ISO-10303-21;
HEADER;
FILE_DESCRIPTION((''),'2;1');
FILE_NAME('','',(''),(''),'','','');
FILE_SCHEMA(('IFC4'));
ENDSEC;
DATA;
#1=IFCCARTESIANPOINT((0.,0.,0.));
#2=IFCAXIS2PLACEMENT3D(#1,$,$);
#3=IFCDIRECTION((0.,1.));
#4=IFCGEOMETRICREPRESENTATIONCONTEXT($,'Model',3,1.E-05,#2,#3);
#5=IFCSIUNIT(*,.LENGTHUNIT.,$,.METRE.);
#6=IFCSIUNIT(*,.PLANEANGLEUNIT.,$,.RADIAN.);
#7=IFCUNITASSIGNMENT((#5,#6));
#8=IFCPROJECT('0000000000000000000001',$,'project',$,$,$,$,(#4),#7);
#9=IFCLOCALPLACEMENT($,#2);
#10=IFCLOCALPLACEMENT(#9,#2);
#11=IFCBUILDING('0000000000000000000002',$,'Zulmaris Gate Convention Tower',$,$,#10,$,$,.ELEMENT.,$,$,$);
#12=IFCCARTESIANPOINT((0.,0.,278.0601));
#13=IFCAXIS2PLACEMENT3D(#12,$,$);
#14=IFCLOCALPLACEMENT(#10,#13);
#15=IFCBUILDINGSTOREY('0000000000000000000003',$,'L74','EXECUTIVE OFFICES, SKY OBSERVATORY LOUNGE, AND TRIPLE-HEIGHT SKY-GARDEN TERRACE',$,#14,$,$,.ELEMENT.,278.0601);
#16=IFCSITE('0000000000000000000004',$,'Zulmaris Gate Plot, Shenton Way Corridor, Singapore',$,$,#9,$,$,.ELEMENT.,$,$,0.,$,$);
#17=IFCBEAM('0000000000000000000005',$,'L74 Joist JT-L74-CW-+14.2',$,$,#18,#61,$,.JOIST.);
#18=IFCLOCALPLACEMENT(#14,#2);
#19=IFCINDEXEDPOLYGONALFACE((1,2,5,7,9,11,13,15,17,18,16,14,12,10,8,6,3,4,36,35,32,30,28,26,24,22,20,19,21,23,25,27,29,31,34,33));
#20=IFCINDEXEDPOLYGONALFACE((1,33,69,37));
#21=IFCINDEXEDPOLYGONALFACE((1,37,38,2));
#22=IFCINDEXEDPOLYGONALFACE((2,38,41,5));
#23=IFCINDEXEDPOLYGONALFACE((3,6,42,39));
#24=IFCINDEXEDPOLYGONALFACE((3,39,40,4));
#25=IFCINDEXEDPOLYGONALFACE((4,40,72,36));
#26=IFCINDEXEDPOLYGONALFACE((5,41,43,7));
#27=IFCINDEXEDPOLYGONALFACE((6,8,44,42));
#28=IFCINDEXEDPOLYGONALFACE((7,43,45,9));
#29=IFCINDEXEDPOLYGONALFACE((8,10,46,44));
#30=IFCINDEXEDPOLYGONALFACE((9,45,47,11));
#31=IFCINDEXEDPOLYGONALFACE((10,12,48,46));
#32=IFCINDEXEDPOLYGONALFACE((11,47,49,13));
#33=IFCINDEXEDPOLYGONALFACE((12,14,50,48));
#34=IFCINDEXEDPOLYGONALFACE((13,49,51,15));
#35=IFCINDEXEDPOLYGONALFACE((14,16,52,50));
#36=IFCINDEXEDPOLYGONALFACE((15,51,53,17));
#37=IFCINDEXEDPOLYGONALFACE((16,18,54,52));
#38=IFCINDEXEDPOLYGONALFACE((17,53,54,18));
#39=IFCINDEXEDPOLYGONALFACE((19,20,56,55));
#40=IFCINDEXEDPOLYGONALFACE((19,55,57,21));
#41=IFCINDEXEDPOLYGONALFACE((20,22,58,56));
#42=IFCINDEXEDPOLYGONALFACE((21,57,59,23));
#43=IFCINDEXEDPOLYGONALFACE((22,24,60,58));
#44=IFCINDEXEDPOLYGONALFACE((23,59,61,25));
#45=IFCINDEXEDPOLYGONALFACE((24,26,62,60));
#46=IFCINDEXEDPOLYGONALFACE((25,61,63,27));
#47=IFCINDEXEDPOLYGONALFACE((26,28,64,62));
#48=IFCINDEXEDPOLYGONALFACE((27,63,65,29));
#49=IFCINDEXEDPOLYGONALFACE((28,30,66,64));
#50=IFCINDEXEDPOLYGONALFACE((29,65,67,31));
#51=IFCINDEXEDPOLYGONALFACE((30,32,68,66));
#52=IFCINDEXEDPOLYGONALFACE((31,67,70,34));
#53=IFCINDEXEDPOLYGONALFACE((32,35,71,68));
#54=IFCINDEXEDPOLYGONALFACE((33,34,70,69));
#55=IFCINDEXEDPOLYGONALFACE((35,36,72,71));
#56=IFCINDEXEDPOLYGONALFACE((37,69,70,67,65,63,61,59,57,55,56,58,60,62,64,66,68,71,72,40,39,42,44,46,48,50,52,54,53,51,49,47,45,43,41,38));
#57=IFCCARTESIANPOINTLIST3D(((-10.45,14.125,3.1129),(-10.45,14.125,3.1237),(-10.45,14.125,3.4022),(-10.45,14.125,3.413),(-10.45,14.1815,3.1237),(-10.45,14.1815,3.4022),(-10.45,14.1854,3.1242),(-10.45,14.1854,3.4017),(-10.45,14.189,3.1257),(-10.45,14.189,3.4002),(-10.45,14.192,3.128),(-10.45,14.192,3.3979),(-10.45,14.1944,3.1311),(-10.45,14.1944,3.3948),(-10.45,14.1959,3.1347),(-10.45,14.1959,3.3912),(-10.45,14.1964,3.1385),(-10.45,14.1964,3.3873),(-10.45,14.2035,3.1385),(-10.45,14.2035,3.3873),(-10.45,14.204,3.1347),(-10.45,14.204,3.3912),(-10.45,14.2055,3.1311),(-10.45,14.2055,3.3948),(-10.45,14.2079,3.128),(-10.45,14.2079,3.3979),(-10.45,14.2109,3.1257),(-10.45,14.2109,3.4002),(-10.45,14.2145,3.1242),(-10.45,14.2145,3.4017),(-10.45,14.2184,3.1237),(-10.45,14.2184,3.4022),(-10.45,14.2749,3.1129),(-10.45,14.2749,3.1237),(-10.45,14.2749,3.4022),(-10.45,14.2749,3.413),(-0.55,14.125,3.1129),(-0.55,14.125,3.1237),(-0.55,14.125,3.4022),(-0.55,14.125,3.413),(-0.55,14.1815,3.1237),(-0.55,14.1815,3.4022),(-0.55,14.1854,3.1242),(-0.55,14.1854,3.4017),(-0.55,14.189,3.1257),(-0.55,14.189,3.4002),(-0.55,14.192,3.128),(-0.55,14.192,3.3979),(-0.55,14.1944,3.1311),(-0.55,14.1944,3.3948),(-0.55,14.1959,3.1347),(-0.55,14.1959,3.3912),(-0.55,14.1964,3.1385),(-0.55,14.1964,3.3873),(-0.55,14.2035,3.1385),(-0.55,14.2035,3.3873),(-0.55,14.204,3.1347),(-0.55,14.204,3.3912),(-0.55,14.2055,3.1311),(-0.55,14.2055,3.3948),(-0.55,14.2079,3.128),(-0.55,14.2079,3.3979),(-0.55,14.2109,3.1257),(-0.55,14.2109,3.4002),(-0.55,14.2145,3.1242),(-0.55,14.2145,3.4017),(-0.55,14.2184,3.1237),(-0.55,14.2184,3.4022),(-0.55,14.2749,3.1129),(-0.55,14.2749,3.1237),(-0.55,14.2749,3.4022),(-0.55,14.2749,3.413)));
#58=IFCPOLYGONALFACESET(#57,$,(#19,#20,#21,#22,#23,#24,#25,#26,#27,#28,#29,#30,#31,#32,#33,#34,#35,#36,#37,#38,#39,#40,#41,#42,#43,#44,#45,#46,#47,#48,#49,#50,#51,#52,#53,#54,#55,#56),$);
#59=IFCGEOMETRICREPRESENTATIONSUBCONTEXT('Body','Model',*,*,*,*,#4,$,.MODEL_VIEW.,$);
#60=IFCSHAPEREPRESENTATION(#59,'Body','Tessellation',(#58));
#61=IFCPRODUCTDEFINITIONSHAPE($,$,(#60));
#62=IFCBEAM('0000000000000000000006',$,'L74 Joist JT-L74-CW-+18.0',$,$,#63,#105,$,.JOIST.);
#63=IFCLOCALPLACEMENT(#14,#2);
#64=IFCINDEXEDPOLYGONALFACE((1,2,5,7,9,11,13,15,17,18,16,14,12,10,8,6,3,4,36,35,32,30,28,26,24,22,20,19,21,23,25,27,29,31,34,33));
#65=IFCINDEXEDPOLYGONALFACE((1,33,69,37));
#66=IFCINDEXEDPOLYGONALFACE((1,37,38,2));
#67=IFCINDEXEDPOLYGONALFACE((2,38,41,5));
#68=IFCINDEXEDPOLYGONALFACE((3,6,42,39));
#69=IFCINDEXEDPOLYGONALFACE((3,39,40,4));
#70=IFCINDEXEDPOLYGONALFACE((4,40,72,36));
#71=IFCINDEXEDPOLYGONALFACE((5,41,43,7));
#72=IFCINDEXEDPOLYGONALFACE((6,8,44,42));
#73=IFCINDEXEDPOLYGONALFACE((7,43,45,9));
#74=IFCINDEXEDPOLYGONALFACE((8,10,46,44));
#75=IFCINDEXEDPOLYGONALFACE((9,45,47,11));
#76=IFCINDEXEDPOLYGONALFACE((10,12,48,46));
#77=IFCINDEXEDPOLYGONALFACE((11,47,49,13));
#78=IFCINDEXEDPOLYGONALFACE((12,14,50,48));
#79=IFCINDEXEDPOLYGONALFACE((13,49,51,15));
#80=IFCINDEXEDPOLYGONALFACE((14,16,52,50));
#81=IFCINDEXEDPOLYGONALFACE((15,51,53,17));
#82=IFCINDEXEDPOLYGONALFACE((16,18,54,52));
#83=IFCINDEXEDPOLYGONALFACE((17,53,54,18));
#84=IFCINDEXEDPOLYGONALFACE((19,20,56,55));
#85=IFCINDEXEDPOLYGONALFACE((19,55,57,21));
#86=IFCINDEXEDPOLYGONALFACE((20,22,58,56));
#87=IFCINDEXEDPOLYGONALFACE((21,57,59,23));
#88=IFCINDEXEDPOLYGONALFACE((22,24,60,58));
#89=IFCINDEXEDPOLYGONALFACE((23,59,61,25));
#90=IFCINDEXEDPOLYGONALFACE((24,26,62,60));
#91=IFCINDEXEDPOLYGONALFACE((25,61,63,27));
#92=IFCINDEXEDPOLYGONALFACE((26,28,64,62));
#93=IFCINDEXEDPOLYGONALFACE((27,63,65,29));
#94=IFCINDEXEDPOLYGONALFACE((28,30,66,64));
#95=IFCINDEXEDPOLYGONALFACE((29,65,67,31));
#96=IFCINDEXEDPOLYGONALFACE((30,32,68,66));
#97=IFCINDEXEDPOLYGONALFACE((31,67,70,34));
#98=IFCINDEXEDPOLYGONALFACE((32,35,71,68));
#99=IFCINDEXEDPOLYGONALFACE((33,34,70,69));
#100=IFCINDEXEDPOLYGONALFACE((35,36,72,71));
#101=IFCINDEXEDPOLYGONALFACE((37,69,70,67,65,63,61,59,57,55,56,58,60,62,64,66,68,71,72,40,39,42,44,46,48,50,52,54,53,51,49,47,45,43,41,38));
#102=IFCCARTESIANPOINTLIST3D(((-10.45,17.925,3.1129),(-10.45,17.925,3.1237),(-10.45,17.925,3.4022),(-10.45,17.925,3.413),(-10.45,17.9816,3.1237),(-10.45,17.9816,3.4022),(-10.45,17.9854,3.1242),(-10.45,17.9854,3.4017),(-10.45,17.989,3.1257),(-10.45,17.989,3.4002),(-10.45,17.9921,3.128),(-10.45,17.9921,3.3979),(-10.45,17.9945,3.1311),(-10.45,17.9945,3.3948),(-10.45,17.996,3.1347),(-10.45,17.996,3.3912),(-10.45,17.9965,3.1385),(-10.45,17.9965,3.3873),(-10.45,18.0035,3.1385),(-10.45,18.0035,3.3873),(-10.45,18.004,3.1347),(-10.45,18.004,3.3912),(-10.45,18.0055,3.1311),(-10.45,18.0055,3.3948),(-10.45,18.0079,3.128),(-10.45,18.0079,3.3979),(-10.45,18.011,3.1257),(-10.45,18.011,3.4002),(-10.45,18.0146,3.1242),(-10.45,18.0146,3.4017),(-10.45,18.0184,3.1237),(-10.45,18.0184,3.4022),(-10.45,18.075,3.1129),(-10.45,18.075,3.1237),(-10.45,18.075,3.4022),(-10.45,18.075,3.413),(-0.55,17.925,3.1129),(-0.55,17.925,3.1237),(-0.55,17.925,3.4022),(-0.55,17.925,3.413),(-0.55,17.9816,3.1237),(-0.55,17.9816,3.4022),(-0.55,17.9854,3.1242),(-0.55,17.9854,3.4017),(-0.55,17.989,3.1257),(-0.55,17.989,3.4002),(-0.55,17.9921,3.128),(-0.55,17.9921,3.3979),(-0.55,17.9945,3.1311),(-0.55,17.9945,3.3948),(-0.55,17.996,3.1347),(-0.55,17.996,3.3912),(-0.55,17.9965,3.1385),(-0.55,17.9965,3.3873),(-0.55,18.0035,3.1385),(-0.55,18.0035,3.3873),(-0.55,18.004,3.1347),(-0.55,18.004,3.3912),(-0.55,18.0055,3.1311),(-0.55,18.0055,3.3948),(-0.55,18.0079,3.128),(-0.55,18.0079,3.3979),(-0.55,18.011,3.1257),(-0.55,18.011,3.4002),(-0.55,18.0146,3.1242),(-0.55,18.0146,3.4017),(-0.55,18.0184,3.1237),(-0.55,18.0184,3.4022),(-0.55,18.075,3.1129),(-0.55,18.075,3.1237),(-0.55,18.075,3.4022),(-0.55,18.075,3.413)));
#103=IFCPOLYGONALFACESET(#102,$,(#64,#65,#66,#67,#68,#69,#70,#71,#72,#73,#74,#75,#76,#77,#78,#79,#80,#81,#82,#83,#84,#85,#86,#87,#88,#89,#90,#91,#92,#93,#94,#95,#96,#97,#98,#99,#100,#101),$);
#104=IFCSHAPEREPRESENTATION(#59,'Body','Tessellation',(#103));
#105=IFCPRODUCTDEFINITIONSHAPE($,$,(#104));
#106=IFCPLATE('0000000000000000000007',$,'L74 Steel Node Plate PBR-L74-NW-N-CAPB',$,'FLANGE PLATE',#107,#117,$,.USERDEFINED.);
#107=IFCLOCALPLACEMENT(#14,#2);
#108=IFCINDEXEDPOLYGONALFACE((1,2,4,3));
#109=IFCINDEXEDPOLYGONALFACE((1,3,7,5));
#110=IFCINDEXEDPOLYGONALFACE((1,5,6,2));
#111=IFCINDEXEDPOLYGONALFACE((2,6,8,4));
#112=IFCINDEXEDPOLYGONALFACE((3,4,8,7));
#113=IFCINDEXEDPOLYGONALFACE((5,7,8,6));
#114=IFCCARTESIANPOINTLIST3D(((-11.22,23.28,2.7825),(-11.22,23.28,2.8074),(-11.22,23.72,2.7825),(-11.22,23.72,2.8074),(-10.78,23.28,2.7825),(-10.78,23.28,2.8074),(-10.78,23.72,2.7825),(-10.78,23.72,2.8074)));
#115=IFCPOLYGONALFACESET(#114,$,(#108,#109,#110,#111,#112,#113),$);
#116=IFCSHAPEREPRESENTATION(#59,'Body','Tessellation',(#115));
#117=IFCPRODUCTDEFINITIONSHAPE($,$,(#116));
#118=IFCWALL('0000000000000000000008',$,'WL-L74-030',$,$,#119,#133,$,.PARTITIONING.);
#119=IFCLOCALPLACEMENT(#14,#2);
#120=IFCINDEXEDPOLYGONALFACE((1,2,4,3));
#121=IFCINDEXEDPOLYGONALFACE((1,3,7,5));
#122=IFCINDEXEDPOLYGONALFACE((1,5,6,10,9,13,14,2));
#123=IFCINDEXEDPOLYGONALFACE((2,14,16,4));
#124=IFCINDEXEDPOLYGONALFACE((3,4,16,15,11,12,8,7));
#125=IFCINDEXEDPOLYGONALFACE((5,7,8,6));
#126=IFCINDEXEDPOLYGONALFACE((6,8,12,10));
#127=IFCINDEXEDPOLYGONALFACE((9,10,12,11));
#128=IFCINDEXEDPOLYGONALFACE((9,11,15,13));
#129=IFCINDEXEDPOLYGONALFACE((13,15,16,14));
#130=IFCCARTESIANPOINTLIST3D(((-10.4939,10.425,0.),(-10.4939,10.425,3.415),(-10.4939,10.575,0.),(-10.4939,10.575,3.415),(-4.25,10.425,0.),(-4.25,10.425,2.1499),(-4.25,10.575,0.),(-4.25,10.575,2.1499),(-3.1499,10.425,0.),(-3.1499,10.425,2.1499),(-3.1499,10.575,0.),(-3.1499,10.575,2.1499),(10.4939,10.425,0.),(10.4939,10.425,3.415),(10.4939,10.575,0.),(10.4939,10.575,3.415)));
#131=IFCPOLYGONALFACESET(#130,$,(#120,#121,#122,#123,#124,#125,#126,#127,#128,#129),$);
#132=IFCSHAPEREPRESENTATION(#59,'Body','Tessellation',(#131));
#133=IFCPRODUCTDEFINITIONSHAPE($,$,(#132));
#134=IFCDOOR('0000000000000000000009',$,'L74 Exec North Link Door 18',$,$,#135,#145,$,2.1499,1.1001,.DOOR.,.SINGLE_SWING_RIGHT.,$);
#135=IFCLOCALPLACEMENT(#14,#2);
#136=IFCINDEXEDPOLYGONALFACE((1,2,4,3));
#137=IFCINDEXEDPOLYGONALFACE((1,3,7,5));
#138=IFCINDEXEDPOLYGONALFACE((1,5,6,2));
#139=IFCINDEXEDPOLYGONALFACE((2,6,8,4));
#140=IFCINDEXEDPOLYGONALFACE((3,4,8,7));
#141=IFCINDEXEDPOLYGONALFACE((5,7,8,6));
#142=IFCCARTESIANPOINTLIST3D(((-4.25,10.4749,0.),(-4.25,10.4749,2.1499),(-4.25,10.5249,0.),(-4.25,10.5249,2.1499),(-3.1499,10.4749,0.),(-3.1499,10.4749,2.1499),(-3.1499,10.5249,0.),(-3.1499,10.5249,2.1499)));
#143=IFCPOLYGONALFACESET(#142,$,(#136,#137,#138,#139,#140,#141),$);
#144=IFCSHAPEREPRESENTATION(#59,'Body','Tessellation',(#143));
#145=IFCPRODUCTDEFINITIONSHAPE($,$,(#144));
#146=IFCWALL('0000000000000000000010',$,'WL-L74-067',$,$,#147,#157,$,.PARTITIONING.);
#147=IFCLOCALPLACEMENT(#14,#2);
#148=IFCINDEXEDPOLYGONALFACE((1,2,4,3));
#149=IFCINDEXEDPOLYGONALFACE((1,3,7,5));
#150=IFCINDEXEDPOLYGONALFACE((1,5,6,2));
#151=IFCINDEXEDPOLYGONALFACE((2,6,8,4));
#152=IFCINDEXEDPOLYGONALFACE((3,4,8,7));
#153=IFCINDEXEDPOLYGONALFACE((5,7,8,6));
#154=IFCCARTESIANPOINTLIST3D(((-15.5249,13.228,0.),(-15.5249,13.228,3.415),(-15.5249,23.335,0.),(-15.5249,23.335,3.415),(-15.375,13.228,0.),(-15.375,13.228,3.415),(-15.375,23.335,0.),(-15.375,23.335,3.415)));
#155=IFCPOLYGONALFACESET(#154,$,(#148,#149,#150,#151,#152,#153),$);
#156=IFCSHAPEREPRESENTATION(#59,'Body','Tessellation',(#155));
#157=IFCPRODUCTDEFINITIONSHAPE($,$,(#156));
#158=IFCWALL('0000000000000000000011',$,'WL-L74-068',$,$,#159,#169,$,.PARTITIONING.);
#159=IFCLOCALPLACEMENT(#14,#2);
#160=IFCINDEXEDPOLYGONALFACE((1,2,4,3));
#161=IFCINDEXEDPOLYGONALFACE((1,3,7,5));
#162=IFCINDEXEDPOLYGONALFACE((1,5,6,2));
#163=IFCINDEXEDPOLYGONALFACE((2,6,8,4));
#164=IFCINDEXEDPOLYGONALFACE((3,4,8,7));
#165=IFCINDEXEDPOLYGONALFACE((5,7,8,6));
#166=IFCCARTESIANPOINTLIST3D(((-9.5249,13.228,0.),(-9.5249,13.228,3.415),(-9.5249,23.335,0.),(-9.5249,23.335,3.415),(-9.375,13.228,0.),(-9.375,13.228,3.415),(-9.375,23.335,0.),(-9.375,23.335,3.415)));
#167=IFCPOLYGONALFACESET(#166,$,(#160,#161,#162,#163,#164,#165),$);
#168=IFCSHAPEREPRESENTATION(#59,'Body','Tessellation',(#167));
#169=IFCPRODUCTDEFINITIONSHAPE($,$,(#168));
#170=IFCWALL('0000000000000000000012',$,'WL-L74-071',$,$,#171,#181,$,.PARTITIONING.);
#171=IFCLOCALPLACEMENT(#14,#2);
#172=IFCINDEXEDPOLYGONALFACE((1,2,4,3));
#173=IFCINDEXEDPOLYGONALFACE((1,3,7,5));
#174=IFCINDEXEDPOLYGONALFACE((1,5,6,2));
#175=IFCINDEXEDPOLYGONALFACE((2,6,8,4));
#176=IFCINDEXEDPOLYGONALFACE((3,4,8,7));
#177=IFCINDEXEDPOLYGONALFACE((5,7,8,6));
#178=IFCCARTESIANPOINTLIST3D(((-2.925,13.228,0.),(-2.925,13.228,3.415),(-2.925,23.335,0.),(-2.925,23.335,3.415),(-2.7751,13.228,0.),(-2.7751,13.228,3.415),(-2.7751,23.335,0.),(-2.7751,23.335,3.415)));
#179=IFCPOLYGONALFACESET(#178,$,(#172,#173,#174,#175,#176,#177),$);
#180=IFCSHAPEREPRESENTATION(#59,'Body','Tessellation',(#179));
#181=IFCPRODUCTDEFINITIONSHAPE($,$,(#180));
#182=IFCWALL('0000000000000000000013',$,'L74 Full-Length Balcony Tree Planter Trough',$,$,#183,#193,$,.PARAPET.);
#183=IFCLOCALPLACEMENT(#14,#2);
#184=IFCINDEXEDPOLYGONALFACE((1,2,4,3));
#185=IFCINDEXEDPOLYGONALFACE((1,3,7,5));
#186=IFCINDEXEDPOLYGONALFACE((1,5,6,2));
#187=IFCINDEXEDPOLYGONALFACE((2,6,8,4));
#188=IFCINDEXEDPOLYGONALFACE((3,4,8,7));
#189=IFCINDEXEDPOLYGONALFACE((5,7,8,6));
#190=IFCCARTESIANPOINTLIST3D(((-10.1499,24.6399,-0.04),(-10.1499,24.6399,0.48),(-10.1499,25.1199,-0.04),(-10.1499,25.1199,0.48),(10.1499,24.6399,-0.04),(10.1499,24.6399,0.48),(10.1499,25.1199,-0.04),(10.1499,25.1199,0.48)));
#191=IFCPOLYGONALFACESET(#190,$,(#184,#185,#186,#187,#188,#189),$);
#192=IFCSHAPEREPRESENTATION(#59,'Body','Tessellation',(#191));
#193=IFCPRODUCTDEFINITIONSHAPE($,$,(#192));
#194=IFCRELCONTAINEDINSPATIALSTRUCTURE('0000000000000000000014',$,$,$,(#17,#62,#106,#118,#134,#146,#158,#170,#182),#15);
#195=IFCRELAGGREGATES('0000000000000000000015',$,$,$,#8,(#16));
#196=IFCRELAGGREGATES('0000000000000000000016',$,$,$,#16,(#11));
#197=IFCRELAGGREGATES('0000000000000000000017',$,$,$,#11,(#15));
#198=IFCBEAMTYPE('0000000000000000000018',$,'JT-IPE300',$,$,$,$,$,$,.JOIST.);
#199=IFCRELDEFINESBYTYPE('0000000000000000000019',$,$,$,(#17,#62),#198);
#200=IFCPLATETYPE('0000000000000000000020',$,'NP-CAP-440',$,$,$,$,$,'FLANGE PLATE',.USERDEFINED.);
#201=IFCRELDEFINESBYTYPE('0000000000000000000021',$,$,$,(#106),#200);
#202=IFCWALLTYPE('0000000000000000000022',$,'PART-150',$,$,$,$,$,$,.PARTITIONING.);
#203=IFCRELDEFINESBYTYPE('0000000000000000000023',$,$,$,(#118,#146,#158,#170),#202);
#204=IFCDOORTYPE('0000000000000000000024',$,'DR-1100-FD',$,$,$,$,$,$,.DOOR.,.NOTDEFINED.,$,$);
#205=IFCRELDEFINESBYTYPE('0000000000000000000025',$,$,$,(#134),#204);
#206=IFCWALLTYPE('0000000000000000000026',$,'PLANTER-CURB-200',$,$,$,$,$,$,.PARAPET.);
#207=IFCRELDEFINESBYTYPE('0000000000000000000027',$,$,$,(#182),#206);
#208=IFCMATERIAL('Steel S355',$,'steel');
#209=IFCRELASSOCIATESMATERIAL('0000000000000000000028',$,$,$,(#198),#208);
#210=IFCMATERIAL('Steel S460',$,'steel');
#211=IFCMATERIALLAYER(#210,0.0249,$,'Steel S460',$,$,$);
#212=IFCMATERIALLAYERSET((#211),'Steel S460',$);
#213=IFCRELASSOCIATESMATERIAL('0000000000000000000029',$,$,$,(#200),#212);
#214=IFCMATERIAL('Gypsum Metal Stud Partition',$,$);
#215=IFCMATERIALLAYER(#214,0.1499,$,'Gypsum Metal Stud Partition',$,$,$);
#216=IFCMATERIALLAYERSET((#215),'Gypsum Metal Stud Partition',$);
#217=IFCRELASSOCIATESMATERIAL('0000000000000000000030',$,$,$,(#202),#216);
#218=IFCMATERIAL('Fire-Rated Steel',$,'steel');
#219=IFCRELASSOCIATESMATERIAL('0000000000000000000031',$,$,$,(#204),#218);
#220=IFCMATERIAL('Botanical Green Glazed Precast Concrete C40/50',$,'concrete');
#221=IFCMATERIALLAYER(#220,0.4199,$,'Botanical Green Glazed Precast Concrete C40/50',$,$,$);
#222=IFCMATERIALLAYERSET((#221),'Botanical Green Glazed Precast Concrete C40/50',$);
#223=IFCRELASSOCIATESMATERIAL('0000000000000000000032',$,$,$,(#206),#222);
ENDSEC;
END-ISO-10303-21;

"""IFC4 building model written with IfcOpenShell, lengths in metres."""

from ifc_helpers import new_model, si_unit, direction, frame, frame_2d, origin, origin_2d, place, context, subcontext, project, spatial, rectangle, i_section, extrude, material, layer, layer_set, material_profile, profile_set, type_object, element, fill, save


model = new_model("IFC4")

# Units and contexts
model_context = context("Model", 3, precision=1e-05, world=origin(), true_north=direction((0.0, 1.0)))
body_context = subcontext(model_context, "Body", "Model", "MODEL_VIEW")
ifc_project = project(units=[si_unit("LENGTHUNIT", "METRE"), si_unit("PLANEANGLEUNIT", "RADIAN")], contexts=[model_context])

# Site, building, storey
site_placement = place(None, origin())
site = spatial("IfcSite", under=ifc_project, at=site_placement, Name="Zulmaris Gate Plot, Shenton Way Corridor, Singapore", CompositionType="ELEMENT", RefElevation=0.0)
building_placement = place(site_placement, origin())
building = spatial("IfcBuilding", under=site, at=building_placement, Name="Zulmaris Gate Convention Tower", CompositionType="ELEMENT")
storey_placement = place(building_placement, frame((0.0, 0.0, 278.0601)))
storey = spatial("IfcBuildingStorey", under=building, at=storey_placement, Name="L74", Description="EXECUTIVE OFFICES, SKY OBSERVATORY LOUNGE, AND TRIPLE-HEIGHT SKY-GARDEN TERRACE", CompositionType="ELEMENT", Elevation=278.0601)

# Beams
ifc_material_1 = material(Name="Steel S355", Category="steel")
ifc_material_profile_1 = material_profile(ifc_material_1, i_section(OverallWidth=0.1499, OverallDepth=0.3, WebThickness=0.0071, FlangeThickness=0.0107, FilletRadius=0.0149, at=origin_2d()), Name="IPE 300")
ifc_profile_set_1 = profile_set([ifc_material_profile_1], Name="Steel S355")
beam_type_1 = type_object("IfcBeamType", Name="JT-IPE300", PredefinedType="JOIST", material=ifc_profile_set_1)
for number, where, z_axis, x_axis, name in (
    (1, (-10.45, 14.2, 3.2629), (1.0, 0.0, 0.0), (0.0, 1.0, 0.0), "L74 Joist JT-L74-CW-+14.2"),
    (2, (-10.45, 18.0, 3.2629), (1.0, 0.0, 0.0), (0.0, 1.0, 0.0), "L74 Joist JT-L74-CW-+18.0"),
):
    element("IfcBeam", number, at=place(storey_placement, frame(where, z_axis=z_axis, x_axis=x_axis)), inside=storey, type_object=beam_type_1, Name=name, PredefinedType="JOIST", context=body_context, shape_type="SweptSolid", body=[
        extrude(i_section(OverallWidth=0.1499, OverallDepth=0.3, WebThickness=0.0071, FlangeThickness=0.0107, FilletRadius=0.0149, at=origin_2d()), origin(), (0.0, 0.0, 1.0), 9.8999),
    ])

# Plate
ifc_material_2 = material(Name="Steel S460", Category="steel")
ifc_layer_1 = layer(ifc_material_2, 0.0249, Name="Steel S460")
ifc_layer_set_1 = layer_set([ifc_layer_1], Name="Steel S460")
plate_type = type_object("IfcPlateType", Name="NP-CAP-440", ElementType="FLANGE PLATE", PredefinedType="USERDEFINED", material=ifc_layer_set_1)
plate_placement = place(storey_placement, frame((-11.0, 23.5, 2.7825), z_axis=(0.0, 0.0, 1.0), x_axis=(1.0, 0.0, 0.0)))
element("IfcPlate", 3, at=plate_placement, inside=storey, type_object=plate_type, Name="L74 Steel Node Plate PBR-L74-NW-N-CAPB", ObjectType="FLANGE PLATE", PredefinedType="USERDEFINED", context=body_context, shape_type="SweptSolid", body=[
    extrude(rectangle(XDim=0.4399, YDim=0.4399, at=origin_2d()), origin(), (0.0, 0.0, 1.0), 0.0249),
])

# Wall, opening, door
ifc_material_3 = material(Name="Gypsum Metal Stud Partition")
ifc_layer_2 = layer(ifc_material_3, 0.1499, Name="Gypsum Metal Stud Partition")
ifc_layer_set_2 = layer_set([ifc_layer_2], Name="Gypsum Metal Stud Partition")
wall_type_1 = type_object("IfcWallType", Name="PART-150", PredefinedType="PARTITIONING", material=ifc_layer_set_2)
wall_1_placement = place(storey_placement, frame((-10.4939, 10.5, 0.0), z_axis=(0.0, 0.0, 1.0), x_axis=(1.0, 0.0, 0.0)))
wall_1 = element("IfcWall", 4, at=wall_1_placement, inside=storey, type_object=wall_type_1, Name="WL-L74-030", PredefinedType="PARTITIONING", context=body_context, shape_type="SweptSolid", body=[
    extrude(rectangle(XDim=20.9878, YDim=0.1499, at=frame_2d((10.4939, 0.0))), origin(), (0.0, 0.0, 1.0), 3.415),
])
opening_1_placement = place(wall_1_placement, frame((6.2439, 0.0, 0.0)))
opening_1 = element("IfcOpeningElement", 5, at=opening_1_placement, cuts=wall_1, PredefinedType="OPENING", context=body_context, shape_type="SweptSolid", body=[
    extrude(rectangle(XDim=1.1001, YDim=2.1499, at=frame_2d((0.55, 1.075))), frame((0.0, 0.085, 0.0), z_axis=(0.0, -1.0, 0.0), x_axis=(1.0, 0.0, 0.0)), (0.0, 0.0, 1.0), 0.1699),
])
ifc_material_4 = material(Name="Fire-Rated Steel", Category="steel")
door_type_1 = type_object("IfcDoorType", Name="DR-1100-FD", OperationType="NOTDEFINED", PredefinedType="DOOR", material=ifc_material_4)
door_1_placement = place(opening_1_placement, origin())
door_1 = element("IfcDoor", 6, at=door_1_placement, inside=storey, type_object=door_type_1, Name="L74 Exec North Link Door 18", OperationType="SINGLE_SWING_RIGHT", OverallHeight=2.1499, OverallWidth=1.1001, PredefinedType="DOOR", context=body_context, shape_type="SweptSolid", body=[
    extrude(rectangle(XDim=1.1001, YDim=2.1499, at=frame_2d((0.55, 1.075))), frame((0.0, 0.0249, 0.0), z_axis=(0.0, -1.0, 0.0), x_axis=(1.0, 0.0, 0.0)), (0.0, 0.0, 1.0), 0.05),
])
fill(opening_1, door_1)

# Walls
for number, where, z_axis, x_axis, name in (
    (7, (-15.45, 13.228, 0.0), (0.0, 0.0, 1.0), (0.0, 1.0, 0.0), "WL-L74-067"),
    (8, (-9.45, 13.228, 0.0), (0.0, 0.0, 1.0), (0.0, 1.0, 0.0), "WL-L74-068"),
    (9, (-2.8501, 13.228, 0.0), (0.0, 0.0, 1.0), (0.0, 1.0, 0.0), "WL-L74-071"),
):
    element("IfcWall", number, at=place(storey_placement, frame(where, z_axis=z_axis, x_axis=x_axis)), inside=storey, type_object=wall_type_1, Name=name, PredefinedType="PARTITIONING", context=body_context, shape_type="SweptSolid", body=[
        extrude(rectangle(XDim=10.1069, YDim=0.1499, at=frame_2d((5.0535, 0.0))), origin(), (0.0, 0.0, 1.0), 3.415),
    ])
ifc_material_5 = material(Name="Botanical Green Glazed Precast Concrete C40/50", Category="concrete")
ifc_layer_3 = layer(ifc_material_5, 0.4199, Name="Botanical Green Glazed Precast Concrete C40/50")
ifc_layer_set_3 = layer_set([ifc_layer_3], Name="Botanical Green Glazed Precast Concrete C40/50")
wall_type_2 = type_object("IfcWallType", Name="PLANTER-CURB-200", PredefinedType="PARAPET", material=ifc_layer_set_3)
wall_2_placement = place(storey_placement, frame((-10.1499, 24.8799, -0.04), z_axis=(0.0, 0.0, 1.0), x_axis=(1.0, 0.0, 0.0)))
element("IfcWall", 10, at=wall_2_placement, inside=storey, type_object=wall_type_2, Name="L74 Full-Length Balcony Tree Planter Trough", PredefinedType="PARAPET", context=body_context, shape_type="SweptSolid", body=[
    extrude(rectangle(XDim=20.2998, YDim=0.48, at=frame_2d((10.1499, 0.0))), origin(), (0.0, 0.0, 1.0), 0.52),
])

save(model, "model.ifc")
